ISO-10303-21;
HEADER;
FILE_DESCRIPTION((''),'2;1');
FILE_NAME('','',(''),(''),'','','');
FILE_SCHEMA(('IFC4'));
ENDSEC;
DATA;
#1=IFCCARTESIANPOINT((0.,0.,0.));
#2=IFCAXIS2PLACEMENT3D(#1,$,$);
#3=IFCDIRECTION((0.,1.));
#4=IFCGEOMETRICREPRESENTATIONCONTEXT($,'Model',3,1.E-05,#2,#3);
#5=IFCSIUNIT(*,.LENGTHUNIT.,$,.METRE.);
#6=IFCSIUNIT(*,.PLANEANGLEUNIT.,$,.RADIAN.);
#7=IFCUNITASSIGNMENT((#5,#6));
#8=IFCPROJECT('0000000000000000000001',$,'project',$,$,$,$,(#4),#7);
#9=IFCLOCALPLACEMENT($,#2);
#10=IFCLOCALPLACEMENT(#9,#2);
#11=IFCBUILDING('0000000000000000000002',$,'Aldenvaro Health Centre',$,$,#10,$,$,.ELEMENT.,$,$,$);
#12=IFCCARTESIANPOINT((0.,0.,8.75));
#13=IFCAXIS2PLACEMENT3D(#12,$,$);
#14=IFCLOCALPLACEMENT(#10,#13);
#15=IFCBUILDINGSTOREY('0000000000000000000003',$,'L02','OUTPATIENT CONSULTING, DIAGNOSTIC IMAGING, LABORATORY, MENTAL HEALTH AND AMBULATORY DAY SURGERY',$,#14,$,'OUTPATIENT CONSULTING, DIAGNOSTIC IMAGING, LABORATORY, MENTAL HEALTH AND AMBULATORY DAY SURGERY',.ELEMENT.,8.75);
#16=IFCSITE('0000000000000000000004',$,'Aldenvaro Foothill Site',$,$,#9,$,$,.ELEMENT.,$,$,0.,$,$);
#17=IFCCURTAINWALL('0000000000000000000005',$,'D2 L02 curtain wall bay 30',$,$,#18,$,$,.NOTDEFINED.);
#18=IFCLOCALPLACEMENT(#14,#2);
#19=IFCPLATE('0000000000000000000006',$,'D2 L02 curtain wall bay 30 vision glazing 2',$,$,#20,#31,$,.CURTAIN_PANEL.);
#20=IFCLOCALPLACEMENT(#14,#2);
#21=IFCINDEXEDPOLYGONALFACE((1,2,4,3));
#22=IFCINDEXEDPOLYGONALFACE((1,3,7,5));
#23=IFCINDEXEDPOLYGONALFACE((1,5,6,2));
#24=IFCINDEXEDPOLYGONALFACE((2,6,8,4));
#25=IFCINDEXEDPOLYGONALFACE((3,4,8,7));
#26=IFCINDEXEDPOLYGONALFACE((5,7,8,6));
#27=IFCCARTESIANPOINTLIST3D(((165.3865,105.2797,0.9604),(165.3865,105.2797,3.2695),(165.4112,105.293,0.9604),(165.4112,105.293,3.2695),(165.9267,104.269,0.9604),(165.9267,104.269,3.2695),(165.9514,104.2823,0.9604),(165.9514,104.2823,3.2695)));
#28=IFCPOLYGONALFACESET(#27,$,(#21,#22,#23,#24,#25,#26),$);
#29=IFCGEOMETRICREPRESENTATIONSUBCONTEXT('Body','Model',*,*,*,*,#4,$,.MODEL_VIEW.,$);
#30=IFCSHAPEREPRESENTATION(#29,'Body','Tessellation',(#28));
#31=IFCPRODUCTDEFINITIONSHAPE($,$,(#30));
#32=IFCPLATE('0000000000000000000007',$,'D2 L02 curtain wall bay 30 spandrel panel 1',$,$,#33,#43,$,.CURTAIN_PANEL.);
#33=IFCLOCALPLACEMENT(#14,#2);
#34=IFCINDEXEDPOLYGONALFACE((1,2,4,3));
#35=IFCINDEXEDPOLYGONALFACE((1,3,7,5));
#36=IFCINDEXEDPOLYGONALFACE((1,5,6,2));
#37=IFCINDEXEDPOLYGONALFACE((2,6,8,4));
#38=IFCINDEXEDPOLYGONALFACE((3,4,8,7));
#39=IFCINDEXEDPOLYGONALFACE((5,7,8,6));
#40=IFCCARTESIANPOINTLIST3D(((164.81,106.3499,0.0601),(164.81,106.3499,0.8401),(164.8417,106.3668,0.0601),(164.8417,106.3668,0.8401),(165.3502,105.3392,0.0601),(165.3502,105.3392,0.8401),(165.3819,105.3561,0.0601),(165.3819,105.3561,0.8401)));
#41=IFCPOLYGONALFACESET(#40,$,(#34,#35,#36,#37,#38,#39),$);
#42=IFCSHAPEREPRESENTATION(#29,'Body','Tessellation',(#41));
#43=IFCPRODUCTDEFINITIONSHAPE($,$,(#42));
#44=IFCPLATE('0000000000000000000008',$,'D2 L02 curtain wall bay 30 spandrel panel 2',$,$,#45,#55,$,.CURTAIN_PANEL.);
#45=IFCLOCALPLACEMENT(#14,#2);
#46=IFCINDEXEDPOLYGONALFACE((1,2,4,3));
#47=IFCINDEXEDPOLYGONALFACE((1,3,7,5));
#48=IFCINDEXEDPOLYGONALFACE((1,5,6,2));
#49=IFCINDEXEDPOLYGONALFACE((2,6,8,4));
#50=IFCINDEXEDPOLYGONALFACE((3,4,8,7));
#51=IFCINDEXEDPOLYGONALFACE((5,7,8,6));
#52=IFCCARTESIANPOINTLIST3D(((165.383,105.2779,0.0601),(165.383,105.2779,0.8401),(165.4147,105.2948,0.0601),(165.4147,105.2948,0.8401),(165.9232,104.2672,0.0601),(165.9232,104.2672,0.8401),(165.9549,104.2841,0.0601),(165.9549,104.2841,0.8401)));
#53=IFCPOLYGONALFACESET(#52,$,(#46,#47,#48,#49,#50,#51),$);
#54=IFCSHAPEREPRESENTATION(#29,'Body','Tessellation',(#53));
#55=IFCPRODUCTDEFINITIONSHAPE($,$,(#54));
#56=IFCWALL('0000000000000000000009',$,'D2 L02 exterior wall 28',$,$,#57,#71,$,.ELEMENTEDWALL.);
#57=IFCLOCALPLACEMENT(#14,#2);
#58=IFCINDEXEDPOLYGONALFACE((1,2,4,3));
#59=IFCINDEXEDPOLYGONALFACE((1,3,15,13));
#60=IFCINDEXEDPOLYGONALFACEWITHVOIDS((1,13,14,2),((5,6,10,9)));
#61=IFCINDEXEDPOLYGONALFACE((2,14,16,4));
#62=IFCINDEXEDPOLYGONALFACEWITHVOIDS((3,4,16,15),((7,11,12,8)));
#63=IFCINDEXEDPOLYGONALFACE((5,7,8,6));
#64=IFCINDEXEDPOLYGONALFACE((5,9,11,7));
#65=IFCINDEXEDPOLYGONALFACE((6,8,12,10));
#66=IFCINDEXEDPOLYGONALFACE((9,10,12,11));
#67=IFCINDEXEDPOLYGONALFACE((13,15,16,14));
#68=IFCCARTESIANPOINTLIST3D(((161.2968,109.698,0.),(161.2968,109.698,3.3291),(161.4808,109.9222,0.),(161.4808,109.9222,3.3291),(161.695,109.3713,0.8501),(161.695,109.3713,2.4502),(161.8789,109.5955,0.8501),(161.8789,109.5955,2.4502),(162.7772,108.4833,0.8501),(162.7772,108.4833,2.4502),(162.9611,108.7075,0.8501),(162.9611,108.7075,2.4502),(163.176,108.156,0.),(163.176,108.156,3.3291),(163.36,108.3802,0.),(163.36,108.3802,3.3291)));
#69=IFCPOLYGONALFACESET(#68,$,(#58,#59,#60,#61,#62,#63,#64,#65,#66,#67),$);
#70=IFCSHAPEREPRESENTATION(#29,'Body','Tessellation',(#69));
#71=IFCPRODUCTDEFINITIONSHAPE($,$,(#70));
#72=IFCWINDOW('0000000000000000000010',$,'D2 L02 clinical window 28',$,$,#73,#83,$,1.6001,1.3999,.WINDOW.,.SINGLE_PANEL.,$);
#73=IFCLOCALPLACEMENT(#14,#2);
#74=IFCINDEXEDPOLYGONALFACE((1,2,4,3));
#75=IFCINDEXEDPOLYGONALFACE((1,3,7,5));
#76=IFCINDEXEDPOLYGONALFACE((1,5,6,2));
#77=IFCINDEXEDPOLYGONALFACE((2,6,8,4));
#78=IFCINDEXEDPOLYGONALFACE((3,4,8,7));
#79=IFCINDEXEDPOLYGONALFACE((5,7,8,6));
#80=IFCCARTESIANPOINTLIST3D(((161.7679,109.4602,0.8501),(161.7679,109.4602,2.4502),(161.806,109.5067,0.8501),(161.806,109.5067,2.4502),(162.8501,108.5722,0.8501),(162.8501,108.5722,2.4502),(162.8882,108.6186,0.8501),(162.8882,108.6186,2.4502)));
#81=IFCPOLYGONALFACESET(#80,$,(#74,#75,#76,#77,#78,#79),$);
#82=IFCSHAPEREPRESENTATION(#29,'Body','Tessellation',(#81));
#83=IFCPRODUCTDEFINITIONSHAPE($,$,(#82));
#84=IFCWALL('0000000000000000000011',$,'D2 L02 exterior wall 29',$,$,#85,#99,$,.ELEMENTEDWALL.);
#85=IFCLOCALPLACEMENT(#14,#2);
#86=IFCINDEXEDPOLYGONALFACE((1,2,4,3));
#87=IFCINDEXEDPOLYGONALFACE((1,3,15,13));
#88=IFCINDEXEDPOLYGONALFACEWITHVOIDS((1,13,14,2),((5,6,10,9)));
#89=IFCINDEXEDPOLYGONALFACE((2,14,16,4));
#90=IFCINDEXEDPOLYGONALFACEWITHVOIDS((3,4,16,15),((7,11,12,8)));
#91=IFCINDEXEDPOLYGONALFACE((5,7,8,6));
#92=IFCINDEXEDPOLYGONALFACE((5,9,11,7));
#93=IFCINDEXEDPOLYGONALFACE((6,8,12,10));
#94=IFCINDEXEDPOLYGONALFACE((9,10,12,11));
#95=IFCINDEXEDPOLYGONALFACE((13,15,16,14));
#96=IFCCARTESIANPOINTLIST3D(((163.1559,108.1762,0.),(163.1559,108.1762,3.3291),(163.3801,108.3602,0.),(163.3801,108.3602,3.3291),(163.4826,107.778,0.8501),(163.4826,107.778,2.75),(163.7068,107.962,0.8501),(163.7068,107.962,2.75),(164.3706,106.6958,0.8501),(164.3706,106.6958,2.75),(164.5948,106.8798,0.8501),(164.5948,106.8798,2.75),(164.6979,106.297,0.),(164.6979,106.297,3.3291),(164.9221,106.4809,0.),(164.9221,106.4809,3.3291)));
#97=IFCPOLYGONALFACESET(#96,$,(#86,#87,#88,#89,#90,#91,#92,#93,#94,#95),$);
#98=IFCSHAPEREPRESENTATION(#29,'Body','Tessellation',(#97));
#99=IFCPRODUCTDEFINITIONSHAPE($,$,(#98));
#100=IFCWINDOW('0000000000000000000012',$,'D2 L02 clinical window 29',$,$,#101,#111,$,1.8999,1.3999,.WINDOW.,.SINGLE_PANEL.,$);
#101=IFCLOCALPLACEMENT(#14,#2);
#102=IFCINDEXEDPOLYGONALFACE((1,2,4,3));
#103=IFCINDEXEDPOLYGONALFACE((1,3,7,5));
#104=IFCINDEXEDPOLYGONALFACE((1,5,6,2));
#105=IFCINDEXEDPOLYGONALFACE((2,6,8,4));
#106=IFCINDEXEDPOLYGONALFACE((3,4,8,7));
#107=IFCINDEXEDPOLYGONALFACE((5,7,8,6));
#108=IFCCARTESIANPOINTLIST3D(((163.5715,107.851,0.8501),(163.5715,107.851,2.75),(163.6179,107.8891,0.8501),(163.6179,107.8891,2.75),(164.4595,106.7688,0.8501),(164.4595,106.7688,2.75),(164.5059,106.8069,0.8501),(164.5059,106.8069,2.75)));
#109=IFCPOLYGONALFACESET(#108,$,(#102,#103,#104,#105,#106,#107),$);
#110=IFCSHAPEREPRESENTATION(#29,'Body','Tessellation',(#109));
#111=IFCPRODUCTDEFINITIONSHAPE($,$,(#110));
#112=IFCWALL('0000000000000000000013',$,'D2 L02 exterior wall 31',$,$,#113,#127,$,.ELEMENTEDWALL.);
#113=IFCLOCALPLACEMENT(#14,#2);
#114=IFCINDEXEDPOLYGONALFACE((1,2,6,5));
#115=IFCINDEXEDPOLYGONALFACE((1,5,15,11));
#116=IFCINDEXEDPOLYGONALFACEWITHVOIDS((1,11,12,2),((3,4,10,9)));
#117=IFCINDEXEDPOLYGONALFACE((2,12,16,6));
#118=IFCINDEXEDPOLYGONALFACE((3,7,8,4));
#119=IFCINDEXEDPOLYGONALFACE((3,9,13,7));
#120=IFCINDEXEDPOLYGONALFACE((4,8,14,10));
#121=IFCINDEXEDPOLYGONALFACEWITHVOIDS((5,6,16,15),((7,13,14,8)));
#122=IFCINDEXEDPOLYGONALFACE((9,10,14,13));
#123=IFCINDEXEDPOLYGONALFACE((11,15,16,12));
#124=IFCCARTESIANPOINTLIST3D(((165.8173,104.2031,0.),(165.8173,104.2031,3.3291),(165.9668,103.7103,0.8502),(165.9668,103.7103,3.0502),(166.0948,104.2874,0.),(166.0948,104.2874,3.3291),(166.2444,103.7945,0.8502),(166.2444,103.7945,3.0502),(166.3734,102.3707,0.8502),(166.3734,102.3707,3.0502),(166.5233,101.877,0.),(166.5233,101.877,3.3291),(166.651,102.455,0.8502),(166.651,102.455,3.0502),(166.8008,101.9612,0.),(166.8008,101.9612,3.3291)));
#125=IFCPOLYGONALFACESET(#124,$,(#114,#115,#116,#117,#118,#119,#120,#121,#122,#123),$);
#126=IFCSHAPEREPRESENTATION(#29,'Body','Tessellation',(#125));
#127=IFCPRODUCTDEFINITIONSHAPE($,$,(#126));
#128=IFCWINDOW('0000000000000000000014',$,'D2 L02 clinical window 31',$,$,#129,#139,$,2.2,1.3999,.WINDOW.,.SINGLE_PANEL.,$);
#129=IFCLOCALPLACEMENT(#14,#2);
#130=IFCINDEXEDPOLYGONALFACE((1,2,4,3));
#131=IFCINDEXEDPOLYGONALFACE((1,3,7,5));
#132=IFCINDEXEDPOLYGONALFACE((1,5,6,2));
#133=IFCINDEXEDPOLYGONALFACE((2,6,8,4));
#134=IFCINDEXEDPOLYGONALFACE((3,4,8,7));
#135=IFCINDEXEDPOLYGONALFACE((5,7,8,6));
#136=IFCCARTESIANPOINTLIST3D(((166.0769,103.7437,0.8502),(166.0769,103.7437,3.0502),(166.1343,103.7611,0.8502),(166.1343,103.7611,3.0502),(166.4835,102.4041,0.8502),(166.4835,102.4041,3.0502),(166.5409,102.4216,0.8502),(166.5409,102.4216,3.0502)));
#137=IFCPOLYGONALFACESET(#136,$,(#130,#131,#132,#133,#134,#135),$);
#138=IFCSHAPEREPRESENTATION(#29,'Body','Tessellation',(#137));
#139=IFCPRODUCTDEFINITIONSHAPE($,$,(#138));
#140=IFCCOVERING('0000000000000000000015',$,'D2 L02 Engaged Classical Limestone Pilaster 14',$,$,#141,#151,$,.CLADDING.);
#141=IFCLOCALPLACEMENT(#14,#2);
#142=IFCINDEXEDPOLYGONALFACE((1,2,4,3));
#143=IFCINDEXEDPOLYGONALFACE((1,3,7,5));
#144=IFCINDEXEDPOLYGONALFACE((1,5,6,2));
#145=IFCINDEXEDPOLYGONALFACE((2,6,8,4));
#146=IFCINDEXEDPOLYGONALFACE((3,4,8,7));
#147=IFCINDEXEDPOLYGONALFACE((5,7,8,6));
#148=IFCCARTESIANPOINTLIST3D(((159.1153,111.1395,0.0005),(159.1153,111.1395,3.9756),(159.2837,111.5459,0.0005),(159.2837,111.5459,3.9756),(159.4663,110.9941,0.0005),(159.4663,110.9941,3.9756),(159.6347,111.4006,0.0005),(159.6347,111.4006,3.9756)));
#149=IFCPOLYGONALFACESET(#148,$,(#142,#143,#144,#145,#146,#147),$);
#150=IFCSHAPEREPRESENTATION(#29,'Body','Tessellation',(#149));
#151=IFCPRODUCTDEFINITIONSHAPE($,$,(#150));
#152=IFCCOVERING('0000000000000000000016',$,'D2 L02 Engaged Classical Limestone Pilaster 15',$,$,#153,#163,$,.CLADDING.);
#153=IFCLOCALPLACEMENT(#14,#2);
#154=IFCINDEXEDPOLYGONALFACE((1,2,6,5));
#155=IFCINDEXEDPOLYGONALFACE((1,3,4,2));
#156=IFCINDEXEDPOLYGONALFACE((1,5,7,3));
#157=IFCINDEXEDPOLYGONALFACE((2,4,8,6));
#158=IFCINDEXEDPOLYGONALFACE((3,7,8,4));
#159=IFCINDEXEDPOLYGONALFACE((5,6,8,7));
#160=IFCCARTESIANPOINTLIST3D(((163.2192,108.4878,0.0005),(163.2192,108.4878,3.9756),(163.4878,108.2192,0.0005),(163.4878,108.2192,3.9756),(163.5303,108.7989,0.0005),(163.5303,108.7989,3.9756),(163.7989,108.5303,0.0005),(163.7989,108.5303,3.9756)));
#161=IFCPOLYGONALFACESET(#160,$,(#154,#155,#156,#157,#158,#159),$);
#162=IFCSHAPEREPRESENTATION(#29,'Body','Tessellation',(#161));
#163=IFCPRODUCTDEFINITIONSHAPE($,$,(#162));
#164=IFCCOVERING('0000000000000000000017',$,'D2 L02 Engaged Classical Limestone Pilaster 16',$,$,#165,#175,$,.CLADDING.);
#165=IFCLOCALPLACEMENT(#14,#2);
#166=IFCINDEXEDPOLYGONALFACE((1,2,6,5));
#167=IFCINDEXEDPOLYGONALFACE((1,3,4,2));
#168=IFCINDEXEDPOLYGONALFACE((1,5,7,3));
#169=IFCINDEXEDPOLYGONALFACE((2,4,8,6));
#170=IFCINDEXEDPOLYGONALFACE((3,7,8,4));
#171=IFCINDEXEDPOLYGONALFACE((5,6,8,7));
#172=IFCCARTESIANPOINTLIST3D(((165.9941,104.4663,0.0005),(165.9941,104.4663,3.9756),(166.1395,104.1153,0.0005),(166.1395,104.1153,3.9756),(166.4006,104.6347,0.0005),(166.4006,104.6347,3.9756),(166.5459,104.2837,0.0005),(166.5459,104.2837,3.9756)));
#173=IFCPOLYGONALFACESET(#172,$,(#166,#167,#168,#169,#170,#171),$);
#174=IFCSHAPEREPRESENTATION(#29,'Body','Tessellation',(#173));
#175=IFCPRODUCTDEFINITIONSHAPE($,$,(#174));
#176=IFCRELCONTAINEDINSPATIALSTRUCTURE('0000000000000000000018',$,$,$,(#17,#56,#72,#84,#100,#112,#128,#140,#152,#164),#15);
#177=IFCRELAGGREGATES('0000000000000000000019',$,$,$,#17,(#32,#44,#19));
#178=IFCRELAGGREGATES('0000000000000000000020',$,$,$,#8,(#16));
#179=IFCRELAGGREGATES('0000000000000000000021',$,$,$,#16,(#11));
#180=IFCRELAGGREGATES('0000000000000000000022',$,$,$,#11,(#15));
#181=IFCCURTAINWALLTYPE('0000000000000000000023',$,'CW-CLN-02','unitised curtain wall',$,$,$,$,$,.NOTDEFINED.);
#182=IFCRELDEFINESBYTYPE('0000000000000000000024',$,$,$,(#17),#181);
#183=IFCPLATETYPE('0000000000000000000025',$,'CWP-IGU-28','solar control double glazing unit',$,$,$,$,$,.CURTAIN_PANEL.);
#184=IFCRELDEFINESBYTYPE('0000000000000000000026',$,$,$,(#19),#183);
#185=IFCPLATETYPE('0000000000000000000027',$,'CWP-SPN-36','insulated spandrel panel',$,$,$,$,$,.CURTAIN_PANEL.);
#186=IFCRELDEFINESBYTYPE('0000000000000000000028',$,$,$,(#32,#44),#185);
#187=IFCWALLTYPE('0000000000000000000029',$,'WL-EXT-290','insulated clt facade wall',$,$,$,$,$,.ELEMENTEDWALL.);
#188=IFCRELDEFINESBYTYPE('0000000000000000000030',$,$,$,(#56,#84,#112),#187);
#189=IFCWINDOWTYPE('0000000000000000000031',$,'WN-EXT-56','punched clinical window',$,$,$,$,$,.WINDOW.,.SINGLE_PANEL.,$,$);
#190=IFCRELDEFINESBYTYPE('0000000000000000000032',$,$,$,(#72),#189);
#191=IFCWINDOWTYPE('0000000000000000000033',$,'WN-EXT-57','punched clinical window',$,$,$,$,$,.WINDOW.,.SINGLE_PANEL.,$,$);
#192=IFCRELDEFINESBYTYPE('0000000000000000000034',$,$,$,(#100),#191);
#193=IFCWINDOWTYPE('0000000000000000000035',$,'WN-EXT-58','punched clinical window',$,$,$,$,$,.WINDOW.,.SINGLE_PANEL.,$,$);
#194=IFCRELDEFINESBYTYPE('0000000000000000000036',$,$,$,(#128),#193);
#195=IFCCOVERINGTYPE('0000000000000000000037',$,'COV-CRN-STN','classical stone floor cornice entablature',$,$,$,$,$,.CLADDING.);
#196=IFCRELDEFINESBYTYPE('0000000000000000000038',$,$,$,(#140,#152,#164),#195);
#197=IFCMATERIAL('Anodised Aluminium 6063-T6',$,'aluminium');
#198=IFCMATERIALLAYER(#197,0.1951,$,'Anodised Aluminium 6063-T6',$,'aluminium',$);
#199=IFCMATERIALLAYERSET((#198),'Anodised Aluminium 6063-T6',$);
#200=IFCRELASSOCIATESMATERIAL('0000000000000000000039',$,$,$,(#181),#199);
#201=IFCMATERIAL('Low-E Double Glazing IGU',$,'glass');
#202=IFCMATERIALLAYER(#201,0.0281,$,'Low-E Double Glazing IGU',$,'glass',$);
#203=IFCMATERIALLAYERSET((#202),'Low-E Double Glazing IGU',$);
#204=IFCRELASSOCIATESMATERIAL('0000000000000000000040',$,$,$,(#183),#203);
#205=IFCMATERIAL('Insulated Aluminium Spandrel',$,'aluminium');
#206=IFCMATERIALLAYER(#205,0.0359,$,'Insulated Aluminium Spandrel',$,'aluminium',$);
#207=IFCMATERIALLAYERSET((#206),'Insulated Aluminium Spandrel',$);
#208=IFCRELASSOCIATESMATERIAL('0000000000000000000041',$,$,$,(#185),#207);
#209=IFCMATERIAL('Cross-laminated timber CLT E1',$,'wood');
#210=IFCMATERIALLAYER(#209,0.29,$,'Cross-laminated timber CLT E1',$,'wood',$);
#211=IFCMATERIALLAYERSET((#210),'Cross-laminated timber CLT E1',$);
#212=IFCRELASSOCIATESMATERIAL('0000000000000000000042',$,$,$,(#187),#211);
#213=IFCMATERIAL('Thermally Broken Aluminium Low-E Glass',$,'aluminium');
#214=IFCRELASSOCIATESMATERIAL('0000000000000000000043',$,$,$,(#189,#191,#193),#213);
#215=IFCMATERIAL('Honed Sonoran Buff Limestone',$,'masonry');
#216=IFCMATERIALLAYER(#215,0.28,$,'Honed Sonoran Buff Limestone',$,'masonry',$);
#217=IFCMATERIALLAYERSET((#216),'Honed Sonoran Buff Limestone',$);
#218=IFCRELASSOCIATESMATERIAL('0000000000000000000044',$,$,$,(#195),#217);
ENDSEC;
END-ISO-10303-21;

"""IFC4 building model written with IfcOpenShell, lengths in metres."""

from ifc_helpers import new_model, si_unit, direction, frame, frame_2d, origin, origin_2d, place, context, subcontext, project, spatial, rectangle, extrude, material, layer, layer_set, type_object, element, fill, aggregate, save


model = new_model("IFC4")

# Units and contexts
model_context = context("Model", 3, precision=1e-05, world=origin(), true_north=direction((0.0, 1.0)))
body_context = subcontext(model_context, "Body", "Model", "MODEL_VIEW")
ifc_project = project(units=[si_unit("LENGTHUNIT", "METRE"), si_unit("PLANEANGLEUNIT", "RADIAN")], contexts=[model_context])

# Site, building, storey
site_placement = place(None, origin())
site = spatial("IfcSite", under=ifc_project, at=site_placement, Name="Aldenvaro Foothill Site", CompositionType="ELEMENT", RefElevation=0.0)
building_placement = place(site_placement, origin())
building = spatial("IfcBuilding", under=site, at=building_placement, Name="Aldenvaro Health Centre", CompositionType="ELEMENT")
storey_placement = place(building_placement, frame((0.0, 0.0, 8.75)))
storey = spatial("IfcBuildingStorey", under=building, at=storey_placement, Name="L02", Description="OUTPATIENT CONSULTING, DIAGNOSTIC IMAGING, LABORATORY, MENTAL HEALTH AND AMBULATORY DAY SURGERY", LongName="OUTPATIENT CONSULTING, DIAGNOSTIC IMAGING, LABORATORY, MENTAL HEALTH AND AMBULATORY DAY SURGERY", CompositionType="ELEMENT", Elevation=8.75)

# Shared definitions
ifc_material_1 = material(Name="Anodised Aluminium 6063-T6", Category="aluminium")
ifc_layer_1 = layer(ifc_material_1, 0.1951, Name="Anodised Aluminium 6063-T6", Category="aluminium")
ifc_layer_set_1 = layer_set([ifc_layer_1], Name="Anodised Aluminium 6063-T6")
curtain_wall_type = type_object("IfcCurtainWallType", Name="CW-CLN-02", Description="unitised curtain wall", PredefinedType="NOTDEFINED", material=ifc_layer_set_1)

# Curtain wall
curtain_wall_1_placement = place(storey_placement, origin())
curtain_wall_1 = element("IfcCurtainWall", 1, at=curtain_wall_1_placement, inside=storey, type_object=curtain_wall_type, Name="D2 L02 curtain wall bay 30", PredefinedType="NOTDEFINED")

# Plates
ifc_material_2 = material(Name="Low-E Double Glazing IGU", Category="glass")
ifc_layer_2 = layer(ifc_material_2, 0.0281, Name="Low-E Double Glazing IGU", Category="glass")
ifc_layer_set_2 = layer_set([ifc_layer_2], Name="Low-E Double Glazing IGU")
plate_type_1 = type_object("IfcPlateType", Name="CWP-IGU-28", Description="solar control double glazing unit", PredefinedType="CURTAIN_PANEL", material=ifc_layer_set_2)
plate_1_placement = place(storey_placement, frame((165.6689, 104.781, 0.9604), z_axis=(0.0, 0.0, 1.0), x_axis=(0.471399, -0.88192, 0.0)))
plate_1 = element("IfcPlate", 2, at=plate_1_placement, type_object=plate_type_1, Name="D2 L02 curtain wall bay 30 vision glazing 2", PredefinedType="CURTAIN_PANEL", context=body_context, shape_type="SweptSolid", body=[
    extrude(rectangle(XDim=1.146, YDim=0.0281, at=origin_2d()), origin(), (0.0, 0.0, 1.0), 2.3091),
])
ifc_material_3 = material(Name="Insulated Aluminium Spandrel", Category="aluminium")
ifc_layer_3 = layer(ifc_material_3, 0.0359, Name="Insulated Aluminium Spandrel", Category="aluminium")
ifc_layer_set_3 = layer_set([ifc_layer_3], Name="Insulated Aluminium Spandrel")
plate_type_2 = type_object("IfcPlateType", Name="CWP-SPN-36", Description="insulated spandrel panel", PredefinedType="CURTAIN_PANEL", material=ifc_layer_set_3)
plate_2_placement = place(storey_placement, frame((165.0959, 105.853, 0.0601), z_axis=(0.0, 0.0, 1.0), x_axis=(0.471399, -0.88192, 0.0)))
plate_2 = element("IfcPlate", 3, at=plate_2_placement, type_object=plate_type_2, Name="D2 L02 curtain wall bay 30 spandrel panel 1", PredefinedType="CURTAIN_PANEL", context=body_context, shape_type="SweptSolid", body=[
    extrude(rectangle(XDim=1.146, YDim=0.0359, at=origin_2d()), origin(), (0.0, 0.0, 1.0), 0.78),
])
plate_3_placement = place(storey_placement, frame((165.6689, 104.781, 0.0601), z_axis=(0.0, 0.0, 1.0), x_axis=(0.471399, -0.88192, 0.0)))
plate_3 = element("IfcPlate", 4, at=plate_3_placement, type_object=plate_type_2, Name="D2 L02 curtain wall bay 30 spandrel panel 2", PredefinedType="CURTAIN_PANEL", context=body_context, shape_type="SweptSolid", body=[
    extrude(rectangle(XDim=1.146, YDim=0.0359, at=origin_2d()), origin(), (0.0, 0.0, 1.0), 0.78),
])
aggregate(curtain_wall_1, [plate_2, plate_3, plate_1])

# Walls, openings, windows
ifc_material_4 = material(Name="Cross-laminated timber CLT E1", Category="wood")
ifc_layer_4 = layer(ifc_material_4, 0.29, Name="Cross-laminated timber CLT E1", Category="wood")
ifc_layer_set_4 = layer_set([ifc_layer_4], Name="Cross-laminated timber CLT E1")
wall_type = type_object("IfcWallType", Name="WL-EXT-290", Description="insulated clt facade wall", PredefinedType="ELEMENTEDWALL", material=ifc_layer_set_4)
wall_1_placement = place(storey_placement, frame((161.3889, 109.8101, 0.0), z_axis=(0.0, 0.0, 1.0), x_axis=(0.773048, -0.634347, 0.0)))
wall_1 = element("IfcWall", 5, at=wall_1_placement, inside=storey, type_object=wall_type, Name="D2 L02 exterior wall 28", PredefinedType="ELEMENTEDWALL", context=body_context, shape_type="SweptSolid", body=[
    extrude(rectangle(XDim=2.4309, YDim=0.29, at=frame_2d((1.2153, 0.0))), origin(), (0.0, 0.0, 1.0), 3.3291),
])
opening_1_placement = place(wall_1_placement, frame((0.5149, 0.0, 0.8501)))
opening_1 = element("IfcOpeningElement", 6, at=opening_1_placement, cuts=wall_1, PredefinedType="OPENING", context=body_context, shape_type="SweptSolid", body=[
    extrude(rectangle(XDim=1.3999, YDim=1.6001, at=frame_2d((0.7, 0.8))), frame((0.0, 0.155, 0.0), z_axis=(0.0, -1.0, 0.0), x_axis=(1.0, 0.0, 0.0)), (0.0, 0.0, 1.0), 0.3101),
])
ifc_material_5 = material(Name="Thermally Broken Aluminium Low-E Glass", Category="aluminium")
window_type_1 = type_object("IfcWindowType", Name="WN-EXT-56", Description="punched clinical window", PartitioningType="SINGLE_PANEL", PredefinedType="WINDOW", material=ifc_material_5)
window_1_placement = place(opening_1_placement, origin())
window_1 = element("IfcWindow", 7, at=window_1_placement, inside=storey, type_object=window_type_1, Name="D2 L02 clinical window 28", OverallHeight=1.6001, OverallWidth=1.3999, PartitioningType="SINGLE_PANEL", PredefinedType="WINDOW", context=body_context, shape_type="SweptSolid", body=[
    extrude(rectangle(XDim=1.3999, YDim=1.6001, at=frame_2d((0.7, 0.8))), frame((0.0, 0.03, 0.0), z_axis=(0.0, -1.0, 0.0), x_axis=(1.0, 0.0, 0.0)), (0.0, 0.0, 1.0), 0.0601),
])
fill(opening_1, window_1)
wall_2_placement = place(storey_placement, frame((163.2681, 108.2681, 0.0), z_axis=(0.0, 0.0, 1.0), x_axis=(0.634347, -0.773048, 0.0)))
wall_2 = element("IfcWall", 8, at=wall_2_placement, inside=storey, type_object=wall_type, Name="D2 L02 exterior wall 29", PredefinedType="ELEMENTEDWALL", context=body_context, shape_type="SweptSolid", body=[
    extrude(rectangle(XDim=2.4309, YDim=0.29, at=frame_2d((1.2153, 0.0))), origin(), (0.0, 0.0, 1.0), 3.3291),
])
opening_2_placement = place(wall_2_placement, frame((0.5149, 0.0, 0.8501)))
opening_2 = element("IfcOpeningElement", 9, at=opening_2_placement, cuts=wall_2, PredefinedType="OPENING", context=body_context, shape_type="SweptSolid", body=[
    extrude(rectangle(XDim=1.3999, YDim=1.8999, at=frame_2d((0.7, 0.95))), frame((0.0, 0.155, 0.0), z_axis=(0.0, -1.0, 0.0), x_axis=(1.0, 0.0, 0.0)), (0.0, 0.0, 1.0), 0.3101),
])
window_type_2 = type_object("IfcWindowType", Name="WN-EXT-57", Description="punched clinical window", PartitioningType="SINGLE_PANEL", PredefinedType="WINDOW", material=ifc_material_5)
window_2_placement = place(opening_2_placement, origin())
window_2 = element("IfcWindow", 10, at=window_2_placement, inside=storey, type_object=window_type_2, Name="D2 L02 clinical window 29", OverallHeight=1.8999, OverallWidth=1.3999, PartitioningType="SINGLE_PANEL", PredefinedType="WINDOW", context=body_context, shape_type="SweptSolid", body=[
    extrude(rectangle(XDim=1.3999, YDim=1.8999, at=frame_2d((0.7, 0.95))), frame((0.0, 0.03, 0.0), z_axis=(0.0, -1.0, 0.0), x_axis=(1.0, 0.0, 0.0)), (0.0, 0.0, 1.0), 0.0601),
])
fill(opening_2, window_2)
wall_3_placement = place(storey_placement, frame((165.9561, 104.2451, 0.0), z_axis=(0.0, 0.0, 1.0), x_axis=(0.290442, -0.956893, 0.0)))
wall_3 = element("IfcWall", 11, at=wall_3_placement, inside=storey, type_object=wall_type, Name="D2 L02 exterior wall 31", PredefinedType="ELEMENTEDWALL", context=body_context, shape_type="SweptSolid", body=[
    extrude(rectangle(XDim=2.4309, YDim=0.29, at=frame_2d((1.2153, 0.0))), origin(), (0.0, 0.0, 1.0), 3.3291),
])
opening_3_placement = place(wall_3_placement, frame((0.5149, 0.0, 0.8501)))
opening_3 = element("IfcOpeningElement", 12, at=opening_3_placement, cuts=wall_3, PredefinedType="OPENING", context=body_context, shape_type="SweptSolid", body=[
    extrude(rectangle(XDim=1.3999, YDim=2.2, at=frame_2d((0.7, 1.1001))), frame((0.0, 0.155, 0.0), z_axis=(0.0, -1.0, 0.0), x_axis=(1.0, 0.0, 0.0)), (0.0, 0.0, 1.0), 0.3101),
])
window_type_3 = type_object("IfcWindowType", Name="WN-EXT-58", Description="punched clinical window", PartitioningType="SINGLE_PANEL", PredefinedType="WINDOW", material=ifc_material_5)
window_3_placement = place(opening_3_placement, origin())
window_3 = element("IfcWindow", 13, at=window_3_placement, inside=storey, type_object=window_type_3, Name="D2 L02 clinical window 31", OverallHeight=2.2, OverallWidth=1.3999, PartitioningType="SINGLE_PANEL", PredefinedType="WINDOW", context=body_context, shape_type="SweptSolid", body=[
    extrude(rectangle(XDim=1.3999, YDim=2.2, at=frame_2d((0.7, 1.1001))), frame((0.0, 0.03, 0.0), z_axis=(0.0, -1.0, 0.0), x_axis=(1.0, 0.0, 0.0)), (0.0, 0.0, 1.0), 0.0601),
])
fill(opening_3, window_3)

# Coverings
ifc_material_6 = material(Name="Honed Sonoran Buff Limestone", Category="masonry")
ifc_layer_5 = layer(ifc_material_6, 0.28, Name="Honed Sonoran Buff Limestone", Category="masonry")
ifc_layer_set_5 = layer_set([ifc_layer_5], Name="Honed Sonoran Buff Limestone")
covering_type = type_object("IfcCoveringType", Name="COV-CRN-STN", Description="classical stone floor cornice entablature", PredefinedType="CLADDING", material=ifc_layer_set_5)
for number, where, z_axis, x_axis, name in (
    (14, (159.375, 111.27, 0.0005), (0.0, 0.0, 1.0), (0.382668, 0.923886, 0.0), "D2 L02 Engaged Classical Limestone Pilaster 14"),
    (15, (163.509, 108.509, 0.0005), (0.0, 0.0, 1.0), (0.707107, 0.707107, 0.0), "D2 L02 Engaged Classical Limestone Pilaster 15"),
    (16, (166.27, 104.375, 0.0005), (0.0, 0.0, 1.0), (0.923886, 0.382668, 0.0), "D2 L02 Engaged Classical Limestone Pilaster 16"),
):
    element("IfcCovering", number, at=place(storey_placement, frame(where, z_axis=z_axis, x_axis=x_axis)), inside=storey, type_object=covering_type, Name=name, PredefinedType="CLADDING", context=body_context, shape_type="SweptSolid", body=[
        extrude(rectangle(XDim=0.4399, YDim=0.3799, at=origin_2d()), origin(), (0.0, 0.0, 1.0), 3.9751),
    ])

save(model, "model.ifc")
